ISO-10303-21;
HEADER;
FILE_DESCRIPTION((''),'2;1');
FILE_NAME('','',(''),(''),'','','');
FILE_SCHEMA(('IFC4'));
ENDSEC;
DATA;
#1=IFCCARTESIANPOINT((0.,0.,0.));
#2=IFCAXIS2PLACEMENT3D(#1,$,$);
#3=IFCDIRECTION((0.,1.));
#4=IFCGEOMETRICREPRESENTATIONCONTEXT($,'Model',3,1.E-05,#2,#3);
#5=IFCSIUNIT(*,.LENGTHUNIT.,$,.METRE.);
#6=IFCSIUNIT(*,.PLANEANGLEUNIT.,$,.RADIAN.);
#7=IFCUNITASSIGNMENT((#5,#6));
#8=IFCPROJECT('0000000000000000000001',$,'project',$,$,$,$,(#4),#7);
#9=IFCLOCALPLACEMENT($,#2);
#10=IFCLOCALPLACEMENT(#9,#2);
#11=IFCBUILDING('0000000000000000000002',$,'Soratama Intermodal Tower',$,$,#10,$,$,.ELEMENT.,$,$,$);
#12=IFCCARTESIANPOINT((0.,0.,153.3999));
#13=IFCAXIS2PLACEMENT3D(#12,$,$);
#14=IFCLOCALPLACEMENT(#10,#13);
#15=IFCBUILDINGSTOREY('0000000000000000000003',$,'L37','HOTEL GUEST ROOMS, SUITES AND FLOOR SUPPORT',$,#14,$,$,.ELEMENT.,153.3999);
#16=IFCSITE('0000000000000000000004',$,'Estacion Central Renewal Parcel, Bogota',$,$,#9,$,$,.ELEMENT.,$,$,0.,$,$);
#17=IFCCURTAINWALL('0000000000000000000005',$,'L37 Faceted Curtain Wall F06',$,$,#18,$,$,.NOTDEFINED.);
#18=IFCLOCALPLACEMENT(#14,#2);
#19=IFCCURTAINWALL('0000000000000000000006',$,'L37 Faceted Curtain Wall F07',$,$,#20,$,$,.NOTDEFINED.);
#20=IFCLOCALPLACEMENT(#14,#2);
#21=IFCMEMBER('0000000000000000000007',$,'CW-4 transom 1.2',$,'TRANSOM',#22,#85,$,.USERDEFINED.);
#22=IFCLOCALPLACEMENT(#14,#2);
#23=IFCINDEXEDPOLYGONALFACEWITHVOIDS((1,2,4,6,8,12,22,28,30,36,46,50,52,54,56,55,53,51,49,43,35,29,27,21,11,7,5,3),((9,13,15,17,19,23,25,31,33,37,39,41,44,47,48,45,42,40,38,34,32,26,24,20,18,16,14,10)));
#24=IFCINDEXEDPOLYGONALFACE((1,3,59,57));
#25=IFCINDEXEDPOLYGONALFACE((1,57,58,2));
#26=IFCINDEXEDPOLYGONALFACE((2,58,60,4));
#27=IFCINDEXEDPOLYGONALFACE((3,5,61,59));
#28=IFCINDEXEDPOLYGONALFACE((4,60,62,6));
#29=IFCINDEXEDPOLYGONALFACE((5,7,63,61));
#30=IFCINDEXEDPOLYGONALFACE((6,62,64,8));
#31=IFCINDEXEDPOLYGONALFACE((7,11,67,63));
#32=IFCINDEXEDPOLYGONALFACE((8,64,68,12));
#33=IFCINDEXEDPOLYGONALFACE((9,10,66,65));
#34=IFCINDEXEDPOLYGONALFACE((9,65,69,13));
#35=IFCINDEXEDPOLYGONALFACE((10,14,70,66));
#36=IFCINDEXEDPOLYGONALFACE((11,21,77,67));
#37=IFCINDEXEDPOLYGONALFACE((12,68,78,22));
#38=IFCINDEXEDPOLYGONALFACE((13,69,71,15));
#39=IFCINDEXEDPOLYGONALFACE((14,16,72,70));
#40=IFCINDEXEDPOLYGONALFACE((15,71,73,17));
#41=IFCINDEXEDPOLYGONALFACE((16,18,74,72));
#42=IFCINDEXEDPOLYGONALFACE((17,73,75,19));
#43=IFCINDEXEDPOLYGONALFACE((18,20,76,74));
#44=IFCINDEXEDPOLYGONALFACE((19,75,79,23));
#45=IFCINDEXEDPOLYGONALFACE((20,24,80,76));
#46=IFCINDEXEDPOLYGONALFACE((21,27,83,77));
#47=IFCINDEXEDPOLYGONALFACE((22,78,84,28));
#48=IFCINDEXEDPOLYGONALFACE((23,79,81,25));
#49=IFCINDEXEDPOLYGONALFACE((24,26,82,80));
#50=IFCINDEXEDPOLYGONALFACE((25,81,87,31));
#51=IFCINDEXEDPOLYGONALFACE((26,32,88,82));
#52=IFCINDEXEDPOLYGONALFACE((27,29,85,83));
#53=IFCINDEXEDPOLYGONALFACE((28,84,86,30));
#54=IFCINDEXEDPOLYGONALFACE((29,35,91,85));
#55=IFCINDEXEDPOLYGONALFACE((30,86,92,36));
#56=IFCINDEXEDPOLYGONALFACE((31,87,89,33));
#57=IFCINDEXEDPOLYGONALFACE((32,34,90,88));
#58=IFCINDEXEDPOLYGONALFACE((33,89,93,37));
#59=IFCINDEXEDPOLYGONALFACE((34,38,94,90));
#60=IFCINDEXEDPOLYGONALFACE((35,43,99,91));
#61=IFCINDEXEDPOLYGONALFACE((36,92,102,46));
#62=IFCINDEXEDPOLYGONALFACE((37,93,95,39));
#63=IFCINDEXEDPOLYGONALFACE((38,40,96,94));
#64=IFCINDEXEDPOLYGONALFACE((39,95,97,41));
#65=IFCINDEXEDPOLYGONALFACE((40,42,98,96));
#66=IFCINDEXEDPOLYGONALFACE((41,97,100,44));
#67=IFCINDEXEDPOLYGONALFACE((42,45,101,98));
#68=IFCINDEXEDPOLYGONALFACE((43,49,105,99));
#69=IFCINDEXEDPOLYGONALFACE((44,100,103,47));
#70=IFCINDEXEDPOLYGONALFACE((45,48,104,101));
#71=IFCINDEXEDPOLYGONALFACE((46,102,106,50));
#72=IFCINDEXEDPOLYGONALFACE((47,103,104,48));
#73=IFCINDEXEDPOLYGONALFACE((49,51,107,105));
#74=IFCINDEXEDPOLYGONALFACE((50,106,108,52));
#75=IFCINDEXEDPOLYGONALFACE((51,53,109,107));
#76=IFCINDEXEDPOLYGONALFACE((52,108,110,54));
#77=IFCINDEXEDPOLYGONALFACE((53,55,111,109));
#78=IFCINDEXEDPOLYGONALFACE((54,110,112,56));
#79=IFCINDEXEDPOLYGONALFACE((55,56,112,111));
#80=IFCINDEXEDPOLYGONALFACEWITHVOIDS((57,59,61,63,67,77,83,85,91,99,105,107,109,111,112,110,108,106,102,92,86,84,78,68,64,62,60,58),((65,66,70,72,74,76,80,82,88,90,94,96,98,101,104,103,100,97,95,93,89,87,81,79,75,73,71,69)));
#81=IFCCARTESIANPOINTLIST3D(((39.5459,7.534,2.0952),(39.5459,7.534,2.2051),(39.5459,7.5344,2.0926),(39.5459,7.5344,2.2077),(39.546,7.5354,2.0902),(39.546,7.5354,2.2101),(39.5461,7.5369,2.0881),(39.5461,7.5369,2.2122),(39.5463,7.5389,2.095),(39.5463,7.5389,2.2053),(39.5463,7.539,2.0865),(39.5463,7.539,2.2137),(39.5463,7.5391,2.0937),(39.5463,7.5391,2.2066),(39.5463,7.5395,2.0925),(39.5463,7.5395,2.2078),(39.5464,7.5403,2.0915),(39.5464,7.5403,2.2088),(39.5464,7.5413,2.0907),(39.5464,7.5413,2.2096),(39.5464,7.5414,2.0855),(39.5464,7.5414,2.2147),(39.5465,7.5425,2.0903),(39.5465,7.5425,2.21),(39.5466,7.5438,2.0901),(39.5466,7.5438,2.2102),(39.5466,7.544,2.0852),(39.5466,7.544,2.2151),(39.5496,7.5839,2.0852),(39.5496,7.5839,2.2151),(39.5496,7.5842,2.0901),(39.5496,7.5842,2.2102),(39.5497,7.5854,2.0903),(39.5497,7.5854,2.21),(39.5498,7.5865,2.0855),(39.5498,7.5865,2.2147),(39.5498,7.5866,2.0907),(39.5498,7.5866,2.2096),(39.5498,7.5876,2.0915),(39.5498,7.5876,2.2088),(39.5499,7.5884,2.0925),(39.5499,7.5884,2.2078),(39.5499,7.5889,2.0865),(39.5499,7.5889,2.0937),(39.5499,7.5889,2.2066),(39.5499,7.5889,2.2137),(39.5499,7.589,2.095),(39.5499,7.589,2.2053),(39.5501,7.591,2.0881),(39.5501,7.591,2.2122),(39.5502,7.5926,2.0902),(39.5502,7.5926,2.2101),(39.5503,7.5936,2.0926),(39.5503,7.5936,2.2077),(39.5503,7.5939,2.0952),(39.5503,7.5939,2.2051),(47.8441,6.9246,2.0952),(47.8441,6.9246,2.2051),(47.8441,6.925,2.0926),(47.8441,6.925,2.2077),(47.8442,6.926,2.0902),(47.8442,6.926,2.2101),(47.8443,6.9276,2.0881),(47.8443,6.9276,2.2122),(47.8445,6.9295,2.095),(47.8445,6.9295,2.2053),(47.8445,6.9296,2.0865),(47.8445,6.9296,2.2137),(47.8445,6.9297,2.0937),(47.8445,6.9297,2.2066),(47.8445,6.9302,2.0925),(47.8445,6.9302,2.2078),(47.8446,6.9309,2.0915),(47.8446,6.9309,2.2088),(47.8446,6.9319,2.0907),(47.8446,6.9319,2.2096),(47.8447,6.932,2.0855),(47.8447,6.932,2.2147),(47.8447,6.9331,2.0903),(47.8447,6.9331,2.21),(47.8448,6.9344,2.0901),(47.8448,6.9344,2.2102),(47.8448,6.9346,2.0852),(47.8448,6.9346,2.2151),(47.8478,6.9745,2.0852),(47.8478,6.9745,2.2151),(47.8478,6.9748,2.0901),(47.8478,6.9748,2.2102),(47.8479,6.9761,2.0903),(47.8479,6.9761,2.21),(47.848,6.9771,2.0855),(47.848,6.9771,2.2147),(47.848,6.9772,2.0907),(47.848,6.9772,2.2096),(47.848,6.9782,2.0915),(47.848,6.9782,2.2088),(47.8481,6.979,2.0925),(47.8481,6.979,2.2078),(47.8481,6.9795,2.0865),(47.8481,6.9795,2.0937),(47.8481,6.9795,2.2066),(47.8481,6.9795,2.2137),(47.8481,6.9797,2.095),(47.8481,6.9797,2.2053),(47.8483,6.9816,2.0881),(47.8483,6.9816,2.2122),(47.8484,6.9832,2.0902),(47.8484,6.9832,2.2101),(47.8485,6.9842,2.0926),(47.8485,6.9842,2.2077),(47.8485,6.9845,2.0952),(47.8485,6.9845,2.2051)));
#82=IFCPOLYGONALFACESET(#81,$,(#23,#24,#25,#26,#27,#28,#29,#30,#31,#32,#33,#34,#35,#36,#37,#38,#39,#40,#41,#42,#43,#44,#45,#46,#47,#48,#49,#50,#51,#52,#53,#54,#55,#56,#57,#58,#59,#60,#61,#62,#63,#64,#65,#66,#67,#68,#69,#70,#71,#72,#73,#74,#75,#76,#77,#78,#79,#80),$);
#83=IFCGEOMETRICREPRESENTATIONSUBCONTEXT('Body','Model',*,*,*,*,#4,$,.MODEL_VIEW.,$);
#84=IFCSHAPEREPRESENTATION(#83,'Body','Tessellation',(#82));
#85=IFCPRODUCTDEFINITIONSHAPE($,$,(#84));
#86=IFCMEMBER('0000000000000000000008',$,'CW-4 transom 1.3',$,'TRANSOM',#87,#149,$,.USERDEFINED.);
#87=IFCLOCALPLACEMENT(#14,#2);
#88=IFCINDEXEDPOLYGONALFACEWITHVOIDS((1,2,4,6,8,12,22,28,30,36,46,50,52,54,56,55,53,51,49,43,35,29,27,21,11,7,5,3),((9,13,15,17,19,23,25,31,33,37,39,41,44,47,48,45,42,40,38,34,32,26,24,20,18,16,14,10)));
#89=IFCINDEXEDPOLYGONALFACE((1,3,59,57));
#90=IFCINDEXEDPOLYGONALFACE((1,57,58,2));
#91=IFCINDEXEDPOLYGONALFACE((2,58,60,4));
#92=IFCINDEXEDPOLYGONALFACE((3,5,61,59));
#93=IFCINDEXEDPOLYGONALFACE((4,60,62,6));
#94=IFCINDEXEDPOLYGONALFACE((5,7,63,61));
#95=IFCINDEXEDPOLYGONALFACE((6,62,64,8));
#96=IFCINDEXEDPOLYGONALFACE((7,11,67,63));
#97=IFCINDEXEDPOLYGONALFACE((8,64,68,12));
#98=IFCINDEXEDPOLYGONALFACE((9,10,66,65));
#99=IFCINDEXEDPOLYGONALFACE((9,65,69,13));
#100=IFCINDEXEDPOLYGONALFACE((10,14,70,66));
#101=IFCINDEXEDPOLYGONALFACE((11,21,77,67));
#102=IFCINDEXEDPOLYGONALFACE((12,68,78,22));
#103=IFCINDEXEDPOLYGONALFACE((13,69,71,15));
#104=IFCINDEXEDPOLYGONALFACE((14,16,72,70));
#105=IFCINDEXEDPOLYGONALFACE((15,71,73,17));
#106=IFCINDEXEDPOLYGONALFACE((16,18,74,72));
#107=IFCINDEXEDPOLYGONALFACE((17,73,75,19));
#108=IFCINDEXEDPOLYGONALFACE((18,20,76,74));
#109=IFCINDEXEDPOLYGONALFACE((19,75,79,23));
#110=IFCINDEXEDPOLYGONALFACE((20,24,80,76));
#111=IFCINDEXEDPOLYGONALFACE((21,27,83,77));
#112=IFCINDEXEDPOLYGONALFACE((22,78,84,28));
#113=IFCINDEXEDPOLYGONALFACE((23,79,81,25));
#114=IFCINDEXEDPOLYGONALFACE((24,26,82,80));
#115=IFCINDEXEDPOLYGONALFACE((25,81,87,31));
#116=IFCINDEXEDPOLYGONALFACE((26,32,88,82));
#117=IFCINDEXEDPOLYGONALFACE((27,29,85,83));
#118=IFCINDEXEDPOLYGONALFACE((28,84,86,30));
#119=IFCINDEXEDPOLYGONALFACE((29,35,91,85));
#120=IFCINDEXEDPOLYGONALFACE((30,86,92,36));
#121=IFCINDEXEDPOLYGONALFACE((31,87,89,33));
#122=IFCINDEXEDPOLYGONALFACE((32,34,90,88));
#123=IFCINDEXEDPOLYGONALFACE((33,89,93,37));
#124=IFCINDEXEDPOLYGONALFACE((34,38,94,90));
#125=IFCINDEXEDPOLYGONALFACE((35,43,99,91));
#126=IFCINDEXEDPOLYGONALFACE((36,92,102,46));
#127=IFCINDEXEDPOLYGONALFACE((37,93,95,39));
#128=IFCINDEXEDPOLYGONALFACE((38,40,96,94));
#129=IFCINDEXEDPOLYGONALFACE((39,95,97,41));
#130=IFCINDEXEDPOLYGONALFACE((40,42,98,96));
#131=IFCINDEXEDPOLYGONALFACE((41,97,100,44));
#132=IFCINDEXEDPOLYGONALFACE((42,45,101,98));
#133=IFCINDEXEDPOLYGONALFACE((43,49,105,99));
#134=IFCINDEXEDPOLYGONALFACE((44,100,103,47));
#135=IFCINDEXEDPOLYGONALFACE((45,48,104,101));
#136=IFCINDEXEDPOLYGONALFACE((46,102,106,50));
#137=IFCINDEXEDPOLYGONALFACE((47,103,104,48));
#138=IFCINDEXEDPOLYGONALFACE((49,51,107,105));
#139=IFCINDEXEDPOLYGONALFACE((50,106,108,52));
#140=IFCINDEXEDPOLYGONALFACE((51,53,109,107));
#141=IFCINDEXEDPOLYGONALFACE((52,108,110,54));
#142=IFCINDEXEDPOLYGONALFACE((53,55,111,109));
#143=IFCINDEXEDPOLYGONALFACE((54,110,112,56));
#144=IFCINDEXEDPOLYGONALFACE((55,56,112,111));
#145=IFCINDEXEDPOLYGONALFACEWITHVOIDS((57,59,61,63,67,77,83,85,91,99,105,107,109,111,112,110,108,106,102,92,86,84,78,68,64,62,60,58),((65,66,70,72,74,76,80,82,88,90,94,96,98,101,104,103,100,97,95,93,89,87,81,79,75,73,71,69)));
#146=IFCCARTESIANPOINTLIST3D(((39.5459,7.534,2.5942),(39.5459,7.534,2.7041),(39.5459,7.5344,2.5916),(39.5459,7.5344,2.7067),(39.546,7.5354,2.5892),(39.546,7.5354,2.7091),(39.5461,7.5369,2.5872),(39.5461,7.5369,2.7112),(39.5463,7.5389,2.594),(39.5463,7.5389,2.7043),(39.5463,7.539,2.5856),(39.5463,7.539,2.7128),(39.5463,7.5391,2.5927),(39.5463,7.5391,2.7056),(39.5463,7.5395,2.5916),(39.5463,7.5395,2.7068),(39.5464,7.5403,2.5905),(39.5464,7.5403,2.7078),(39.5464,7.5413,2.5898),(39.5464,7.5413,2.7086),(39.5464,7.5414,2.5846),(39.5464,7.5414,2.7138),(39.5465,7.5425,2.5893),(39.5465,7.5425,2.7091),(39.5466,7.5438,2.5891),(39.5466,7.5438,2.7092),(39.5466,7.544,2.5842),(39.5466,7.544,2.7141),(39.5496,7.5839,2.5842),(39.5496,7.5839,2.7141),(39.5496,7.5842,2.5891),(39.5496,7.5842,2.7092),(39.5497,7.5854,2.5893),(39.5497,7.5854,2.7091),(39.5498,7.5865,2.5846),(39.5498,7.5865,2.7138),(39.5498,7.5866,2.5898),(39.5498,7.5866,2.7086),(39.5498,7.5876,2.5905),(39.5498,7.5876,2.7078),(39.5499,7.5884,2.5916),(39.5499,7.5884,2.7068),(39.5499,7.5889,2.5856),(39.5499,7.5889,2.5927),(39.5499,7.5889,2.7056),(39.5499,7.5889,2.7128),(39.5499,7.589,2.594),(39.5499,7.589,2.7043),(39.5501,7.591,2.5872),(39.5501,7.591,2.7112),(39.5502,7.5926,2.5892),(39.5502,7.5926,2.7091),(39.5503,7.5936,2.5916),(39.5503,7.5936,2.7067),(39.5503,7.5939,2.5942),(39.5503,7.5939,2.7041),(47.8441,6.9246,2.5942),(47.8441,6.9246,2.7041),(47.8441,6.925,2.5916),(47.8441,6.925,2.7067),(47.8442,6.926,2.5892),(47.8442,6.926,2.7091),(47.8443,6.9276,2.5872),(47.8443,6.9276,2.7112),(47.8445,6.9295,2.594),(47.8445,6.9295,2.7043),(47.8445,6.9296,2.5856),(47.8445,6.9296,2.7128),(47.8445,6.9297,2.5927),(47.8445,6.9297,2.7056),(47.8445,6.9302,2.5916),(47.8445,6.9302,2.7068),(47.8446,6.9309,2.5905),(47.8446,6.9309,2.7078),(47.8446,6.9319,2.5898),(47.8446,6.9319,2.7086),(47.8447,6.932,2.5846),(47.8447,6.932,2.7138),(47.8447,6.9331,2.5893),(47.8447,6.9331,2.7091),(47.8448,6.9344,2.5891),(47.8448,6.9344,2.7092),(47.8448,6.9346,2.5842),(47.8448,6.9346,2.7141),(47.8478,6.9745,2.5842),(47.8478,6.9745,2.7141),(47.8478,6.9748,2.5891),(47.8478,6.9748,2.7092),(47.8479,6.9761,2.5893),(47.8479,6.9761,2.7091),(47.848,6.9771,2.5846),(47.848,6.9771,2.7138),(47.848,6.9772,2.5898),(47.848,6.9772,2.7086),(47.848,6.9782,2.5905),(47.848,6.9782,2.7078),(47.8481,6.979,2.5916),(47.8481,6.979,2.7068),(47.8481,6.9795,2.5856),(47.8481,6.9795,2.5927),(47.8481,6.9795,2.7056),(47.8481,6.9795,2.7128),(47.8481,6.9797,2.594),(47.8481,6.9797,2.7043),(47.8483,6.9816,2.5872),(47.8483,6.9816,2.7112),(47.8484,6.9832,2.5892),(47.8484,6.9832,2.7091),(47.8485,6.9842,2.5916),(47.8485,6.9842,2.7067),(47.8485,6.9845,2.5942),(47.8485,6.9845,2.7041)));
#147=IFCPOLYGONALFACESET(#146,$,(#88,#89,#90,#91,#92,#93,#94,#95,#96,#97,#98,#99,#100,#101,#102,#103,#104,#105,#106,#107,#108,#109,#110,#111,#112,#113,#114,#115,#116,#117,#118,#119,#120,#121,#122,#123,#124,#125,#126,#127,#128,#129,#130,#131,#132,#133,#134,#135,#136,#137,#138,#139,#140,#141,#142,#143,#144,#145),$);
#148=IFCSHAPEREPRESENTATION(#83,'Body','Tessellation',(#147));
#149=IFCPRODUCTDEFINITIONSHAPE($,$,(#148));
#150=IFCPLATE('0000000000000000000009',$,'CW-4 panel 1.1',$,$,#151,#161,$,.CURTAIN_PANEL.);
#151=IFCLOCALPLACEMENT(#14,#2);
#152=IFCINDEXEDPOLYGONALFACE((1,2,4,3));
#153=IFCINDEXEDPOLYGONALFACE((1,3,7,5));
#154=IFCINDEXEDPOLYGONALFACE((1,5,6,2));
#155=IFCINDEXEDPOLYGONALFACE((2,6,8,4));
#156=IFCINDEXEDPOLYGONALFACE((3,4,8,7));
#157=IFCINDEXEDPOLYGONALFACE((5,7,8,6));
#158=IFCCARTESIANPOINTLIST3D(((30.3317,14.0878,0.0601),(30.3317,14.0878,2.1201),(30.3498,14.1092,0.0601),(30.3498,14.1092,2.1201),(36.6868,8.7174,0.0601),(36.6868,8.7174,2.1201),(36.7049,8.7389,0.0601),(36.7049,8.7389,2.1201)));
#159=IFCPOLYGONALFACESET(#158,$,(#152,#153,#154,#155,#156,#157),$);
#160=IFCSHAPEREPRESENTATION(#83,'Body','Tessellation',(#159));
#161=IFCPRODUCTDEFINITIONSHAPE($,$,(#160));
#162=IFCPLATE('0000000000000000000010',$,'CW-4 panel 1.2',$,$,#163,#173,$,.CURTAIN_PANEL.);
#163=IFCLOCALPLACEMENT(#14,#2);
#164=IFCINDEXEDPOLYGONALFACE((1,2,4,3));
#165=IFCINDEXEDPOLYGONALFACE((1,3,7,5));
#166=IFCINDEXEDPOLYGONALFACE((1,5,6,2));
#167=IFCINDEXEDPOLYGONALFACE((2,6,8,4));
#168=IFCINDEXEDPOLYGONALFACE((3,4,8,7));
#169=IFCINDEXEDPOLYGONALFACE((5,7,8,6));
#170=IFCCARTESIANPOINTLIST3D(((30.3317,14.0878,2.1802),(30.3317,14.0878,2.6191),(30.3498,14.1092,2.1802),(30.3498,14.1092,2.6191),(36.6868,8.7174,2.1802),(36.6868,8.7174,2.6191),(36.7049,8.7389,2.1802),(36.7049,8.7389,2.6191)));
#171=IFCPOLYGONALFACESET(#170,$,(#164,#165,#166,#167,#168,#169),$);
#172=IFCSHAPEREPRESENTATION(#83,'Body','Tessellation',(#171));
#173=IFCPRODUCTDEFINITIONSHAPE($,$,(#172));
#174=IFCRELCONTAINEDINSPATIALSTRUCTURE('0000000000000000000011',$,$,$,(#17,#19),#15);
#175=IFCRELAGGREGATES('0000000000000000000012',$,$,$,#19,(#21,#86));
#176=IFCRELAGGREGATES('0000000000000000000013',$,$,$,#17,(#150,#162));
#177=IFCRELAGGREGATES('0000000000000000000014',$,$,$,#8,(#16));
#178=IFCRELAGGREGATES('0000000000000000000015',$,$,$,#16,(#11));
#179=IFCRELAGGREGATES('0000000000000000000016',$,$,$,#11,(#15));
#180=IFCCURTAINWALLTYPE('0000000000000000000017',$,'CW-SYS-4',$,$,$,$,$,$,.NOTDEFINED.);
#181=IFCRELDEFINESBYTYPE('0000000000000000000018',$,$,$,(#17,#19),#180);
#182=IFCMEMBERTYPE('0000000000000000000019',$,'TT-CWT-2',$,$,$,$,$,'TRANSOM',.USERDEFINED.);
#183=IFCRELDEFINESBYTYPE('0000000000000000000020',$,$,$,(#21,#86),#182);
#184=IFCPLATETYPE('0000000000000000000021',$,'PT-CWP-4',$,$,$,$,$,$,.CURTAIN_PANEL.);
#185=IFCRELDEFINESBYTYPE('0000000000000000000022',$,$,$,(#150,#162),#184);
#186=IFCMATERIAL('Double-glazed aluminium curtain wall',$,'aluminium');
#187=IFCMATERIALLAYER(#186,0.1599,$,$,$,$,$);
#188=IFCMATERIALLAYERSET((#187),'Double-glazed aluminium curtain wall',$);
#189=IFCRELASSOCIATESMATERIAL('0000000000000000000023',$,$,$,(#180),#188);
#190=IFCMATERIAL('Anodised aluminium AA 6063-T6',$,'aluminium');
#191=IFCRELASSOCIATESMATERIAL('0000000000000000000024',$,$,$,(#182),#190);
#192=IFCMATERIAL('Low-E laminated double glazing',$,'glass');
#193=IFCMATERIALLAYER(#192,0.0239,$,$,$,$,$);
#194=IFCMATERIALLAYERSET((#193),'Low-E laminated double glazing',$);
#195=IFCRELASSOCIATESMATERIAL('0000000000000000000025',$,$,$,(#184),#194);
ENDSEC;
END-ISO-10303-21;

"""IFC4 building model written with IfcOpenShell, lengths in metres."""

from ifc_helpers import new_model, si_unit, direction, frame, origin, origin_2d, place, context, subcontext, project, spatial, rectangle, hollow_rectangle, extrude, material, layer, layer_set, material_profile, profile_set, type_object, element, aggregate, save


model = new_model("IFC4")

# Units and contexts
model_context = context("Model", 3, precision=1e-05, world=origin(), true_north=direction((0.0, 1.0)))
body_context = subcontext(model_context, "Body", "Model", "MODEL_VIEW")
ifc_project = project(units=[si_unit("LENGTHUNIT", "METRE"), si_unit("PLANEANGLEUNIT", "RADIAN")], contexts=[model_context])

# Site, building, storey
site_placement = place(None, origin())
site = spatial("IfcSite", under=ifc_project, at=site_placement, Name="Estacion Central Renewal Parcel, Bogota", CompositionType="ELEMENT", RefElevation=0.0)
building_placement = place(site_placement, origin())
building = spatial("IfcBuilding", under=site, at=building_placement, Name="Soratama Intermodal Tower", CompositionType="ELEMENT")
storey_placement = place(building_placement, frame((0.0, 0.0, 153.3999)))
storey = spatial("IfcBuildingStorey", under=building, at=storey_placement, Name="L37", Description="HOTEL GUEST ROOMS, SUITES AND FLOOR SUPPORT", CompositionType="ELEMENT", Elevation=153.3999)

# Curtain wall
ifc_material_1 = material(Name="Double-glazed aluminium curtain wall", Category="aluminium")
ifc_layer_1 = layer(ifc_material_1, 0.1599)
ifc_layer_set_1 = layer_set([ifc_layer_1], Name="Double-glazed aluminium curtain wall")
curtain_wall_type = type_object("IfcCurtainWallType", Name="CW-SYS-4", PredefinedType="NOTDEFINED", material=ifc_layer_set_1)
curtain_wall_1_placement = place(storey_placement, origin())
curtain_wall_1 = element("IfcCurtainWall", 1, at=curtain_wall_1_placement, inside=storey, type_object=curtain_wall_type, Name="L37 Faceted Curtain Wall F06", PredefinedType="NOTDEFINED")

# Curtain wall, members
curtain_wall_2_placement = place(storey_placement, origin())
curtain_wall_2 = element("IfcCurtainWall", 2, at=curtain_wall_2_placement, inside=storey, type_object=curtain_wall_type, Name="L37 Faceted Curtain Wall F07", PredefinedType="NOTDEFINED")
ifc_material_2 = material(Name="Anodised aluminium AA 6063-T6", Category="aluminium")
ifc_material_profile_1 = material_profile(ifc_material_2, hollow_rectangle(XDim=0.0601, YDim=0.1299, WallThickness=0.0049, InnerFilletRadius=0.0049, OuterFilletRadius=0.01, at=origin_2d()), Name="CWT130X60X5")
ifc_profile_set_1 = profile_set([ifc_material_profile_1], Name="Anodised aluminium AA 6063-T6")
member_type_1 = type_object("IfcMemberType", Name="TT-CWT-2", ElementType="TRANSOM", PredefinedType="USERDEFINED", material=ifc_profile_set_1)
member_1_placement = place(storey_placement, frame((39.5481, 7.564, 2.1501), z_axis=(0.997314, -0.073238, 0.0), x_axis=(0.073238, 0.997314, 0.0)))
member_1 = element("IfcMember", 3, at=member_1_placement, type_object=member_type_1, Name="CW-4 transom 1.2", ObjectType="TRANSOM", PredefinedType="USERDEFINED", context=body_context, shape_type="SweptSolid", body=[
    extrude(hollow_rectangle(XDim=0.0601, YDim=0.1299, WallThickness=0.0049, InnerFilletRadius=0.0049, OuterFilletRadius=0.01, at=origin_2d()), origin(), (0.0, 0.0, 1.0), 8.3206),
])
member_2_placement = place(storey_placement, frame((39.5481, 7.564, 2.6492), z_axis=(0.997314, -0.073238, 0.0), x_axis=(0.073238, 0.997314, 0.0)))
member_2 = element("IfcMember", 4, at=member_2_placement, type_object=member_type_1, Name="CW-4 transom 1.3", ObjectType="TRANSOM", PredefinedType="USERDEFINED", context=body_context, shape_type="SweptSolid", body=[
    extrude(hollow_rectangle(XDim=0.0601, YDim=0.1299, WallThickness=0.0049, InnerFilletRadius=0.0049, OuterFilletRadius=0.01, at=origin_2d()), origin(), (0.0, 0.0, 1.0), 8.3206),
])
aggregate(curtain_wall_2, [member_1, member_2])

# Plates
ifc_material_3 = material(Name="Low-E laminated double glazing", Category="glass")
ifc_layer_2 = layer(ifc_material_3, 0.0239)
ifc_layer_set_2 = layer_set([ifc_layer_2], Name="Low-E laminated double glazing")
plate_type = type_object("IfcPlateType", Name="PT-CWP-4", PredefinedType="CURTAIN_PANEL", material=ifc_layer_set_2)
plate_1_placement = place(storey_placement, frame((33.5183, 11.4133, 0.0601), z_axis=(0.0, 0.0, 1.0), x_axis=(0.7638, -0.645453, 0.0)))
plate_1 = element("IfcPlate", 5, at=plate_1_placement, type_object=plate_type, Name="CW-4 panel 1.1", PredefinedType="CURTAIN_PANEL", context=body_context, shape_type="SweptSolid", body=[
    extrude(rectangle(XDim=8.3203, YDim=0.0281, at=origin_2d()), origin(), (0.0, 0.0, 1.0), 2.0601),
])
plate_2_placement = place(storey_placement, frame((33.5183, 11.4133, 2.1802), z_axis=(0.0, 0.0, 1.0), x_axis=(0.7638, -0.645453, 0.0)))
plate_2 = element("IfcPlate", 6, at=plate_2_placement, type_object=plate_type, Name="CW-4 panel 1.2", PredefinedType="CURTAIN_PANEL", context=body_context, shape_type="SweptSolid", body=[
    extrude(rectangle(XDim=8.3203, YDim=0.0281, at=origin_2d()), origin(), (0.0, 0.0, 1.0), 0.439),
])
aggregate(curtain_wall_1, [plate_1, plate_2])

save(model, "model.ifc")
